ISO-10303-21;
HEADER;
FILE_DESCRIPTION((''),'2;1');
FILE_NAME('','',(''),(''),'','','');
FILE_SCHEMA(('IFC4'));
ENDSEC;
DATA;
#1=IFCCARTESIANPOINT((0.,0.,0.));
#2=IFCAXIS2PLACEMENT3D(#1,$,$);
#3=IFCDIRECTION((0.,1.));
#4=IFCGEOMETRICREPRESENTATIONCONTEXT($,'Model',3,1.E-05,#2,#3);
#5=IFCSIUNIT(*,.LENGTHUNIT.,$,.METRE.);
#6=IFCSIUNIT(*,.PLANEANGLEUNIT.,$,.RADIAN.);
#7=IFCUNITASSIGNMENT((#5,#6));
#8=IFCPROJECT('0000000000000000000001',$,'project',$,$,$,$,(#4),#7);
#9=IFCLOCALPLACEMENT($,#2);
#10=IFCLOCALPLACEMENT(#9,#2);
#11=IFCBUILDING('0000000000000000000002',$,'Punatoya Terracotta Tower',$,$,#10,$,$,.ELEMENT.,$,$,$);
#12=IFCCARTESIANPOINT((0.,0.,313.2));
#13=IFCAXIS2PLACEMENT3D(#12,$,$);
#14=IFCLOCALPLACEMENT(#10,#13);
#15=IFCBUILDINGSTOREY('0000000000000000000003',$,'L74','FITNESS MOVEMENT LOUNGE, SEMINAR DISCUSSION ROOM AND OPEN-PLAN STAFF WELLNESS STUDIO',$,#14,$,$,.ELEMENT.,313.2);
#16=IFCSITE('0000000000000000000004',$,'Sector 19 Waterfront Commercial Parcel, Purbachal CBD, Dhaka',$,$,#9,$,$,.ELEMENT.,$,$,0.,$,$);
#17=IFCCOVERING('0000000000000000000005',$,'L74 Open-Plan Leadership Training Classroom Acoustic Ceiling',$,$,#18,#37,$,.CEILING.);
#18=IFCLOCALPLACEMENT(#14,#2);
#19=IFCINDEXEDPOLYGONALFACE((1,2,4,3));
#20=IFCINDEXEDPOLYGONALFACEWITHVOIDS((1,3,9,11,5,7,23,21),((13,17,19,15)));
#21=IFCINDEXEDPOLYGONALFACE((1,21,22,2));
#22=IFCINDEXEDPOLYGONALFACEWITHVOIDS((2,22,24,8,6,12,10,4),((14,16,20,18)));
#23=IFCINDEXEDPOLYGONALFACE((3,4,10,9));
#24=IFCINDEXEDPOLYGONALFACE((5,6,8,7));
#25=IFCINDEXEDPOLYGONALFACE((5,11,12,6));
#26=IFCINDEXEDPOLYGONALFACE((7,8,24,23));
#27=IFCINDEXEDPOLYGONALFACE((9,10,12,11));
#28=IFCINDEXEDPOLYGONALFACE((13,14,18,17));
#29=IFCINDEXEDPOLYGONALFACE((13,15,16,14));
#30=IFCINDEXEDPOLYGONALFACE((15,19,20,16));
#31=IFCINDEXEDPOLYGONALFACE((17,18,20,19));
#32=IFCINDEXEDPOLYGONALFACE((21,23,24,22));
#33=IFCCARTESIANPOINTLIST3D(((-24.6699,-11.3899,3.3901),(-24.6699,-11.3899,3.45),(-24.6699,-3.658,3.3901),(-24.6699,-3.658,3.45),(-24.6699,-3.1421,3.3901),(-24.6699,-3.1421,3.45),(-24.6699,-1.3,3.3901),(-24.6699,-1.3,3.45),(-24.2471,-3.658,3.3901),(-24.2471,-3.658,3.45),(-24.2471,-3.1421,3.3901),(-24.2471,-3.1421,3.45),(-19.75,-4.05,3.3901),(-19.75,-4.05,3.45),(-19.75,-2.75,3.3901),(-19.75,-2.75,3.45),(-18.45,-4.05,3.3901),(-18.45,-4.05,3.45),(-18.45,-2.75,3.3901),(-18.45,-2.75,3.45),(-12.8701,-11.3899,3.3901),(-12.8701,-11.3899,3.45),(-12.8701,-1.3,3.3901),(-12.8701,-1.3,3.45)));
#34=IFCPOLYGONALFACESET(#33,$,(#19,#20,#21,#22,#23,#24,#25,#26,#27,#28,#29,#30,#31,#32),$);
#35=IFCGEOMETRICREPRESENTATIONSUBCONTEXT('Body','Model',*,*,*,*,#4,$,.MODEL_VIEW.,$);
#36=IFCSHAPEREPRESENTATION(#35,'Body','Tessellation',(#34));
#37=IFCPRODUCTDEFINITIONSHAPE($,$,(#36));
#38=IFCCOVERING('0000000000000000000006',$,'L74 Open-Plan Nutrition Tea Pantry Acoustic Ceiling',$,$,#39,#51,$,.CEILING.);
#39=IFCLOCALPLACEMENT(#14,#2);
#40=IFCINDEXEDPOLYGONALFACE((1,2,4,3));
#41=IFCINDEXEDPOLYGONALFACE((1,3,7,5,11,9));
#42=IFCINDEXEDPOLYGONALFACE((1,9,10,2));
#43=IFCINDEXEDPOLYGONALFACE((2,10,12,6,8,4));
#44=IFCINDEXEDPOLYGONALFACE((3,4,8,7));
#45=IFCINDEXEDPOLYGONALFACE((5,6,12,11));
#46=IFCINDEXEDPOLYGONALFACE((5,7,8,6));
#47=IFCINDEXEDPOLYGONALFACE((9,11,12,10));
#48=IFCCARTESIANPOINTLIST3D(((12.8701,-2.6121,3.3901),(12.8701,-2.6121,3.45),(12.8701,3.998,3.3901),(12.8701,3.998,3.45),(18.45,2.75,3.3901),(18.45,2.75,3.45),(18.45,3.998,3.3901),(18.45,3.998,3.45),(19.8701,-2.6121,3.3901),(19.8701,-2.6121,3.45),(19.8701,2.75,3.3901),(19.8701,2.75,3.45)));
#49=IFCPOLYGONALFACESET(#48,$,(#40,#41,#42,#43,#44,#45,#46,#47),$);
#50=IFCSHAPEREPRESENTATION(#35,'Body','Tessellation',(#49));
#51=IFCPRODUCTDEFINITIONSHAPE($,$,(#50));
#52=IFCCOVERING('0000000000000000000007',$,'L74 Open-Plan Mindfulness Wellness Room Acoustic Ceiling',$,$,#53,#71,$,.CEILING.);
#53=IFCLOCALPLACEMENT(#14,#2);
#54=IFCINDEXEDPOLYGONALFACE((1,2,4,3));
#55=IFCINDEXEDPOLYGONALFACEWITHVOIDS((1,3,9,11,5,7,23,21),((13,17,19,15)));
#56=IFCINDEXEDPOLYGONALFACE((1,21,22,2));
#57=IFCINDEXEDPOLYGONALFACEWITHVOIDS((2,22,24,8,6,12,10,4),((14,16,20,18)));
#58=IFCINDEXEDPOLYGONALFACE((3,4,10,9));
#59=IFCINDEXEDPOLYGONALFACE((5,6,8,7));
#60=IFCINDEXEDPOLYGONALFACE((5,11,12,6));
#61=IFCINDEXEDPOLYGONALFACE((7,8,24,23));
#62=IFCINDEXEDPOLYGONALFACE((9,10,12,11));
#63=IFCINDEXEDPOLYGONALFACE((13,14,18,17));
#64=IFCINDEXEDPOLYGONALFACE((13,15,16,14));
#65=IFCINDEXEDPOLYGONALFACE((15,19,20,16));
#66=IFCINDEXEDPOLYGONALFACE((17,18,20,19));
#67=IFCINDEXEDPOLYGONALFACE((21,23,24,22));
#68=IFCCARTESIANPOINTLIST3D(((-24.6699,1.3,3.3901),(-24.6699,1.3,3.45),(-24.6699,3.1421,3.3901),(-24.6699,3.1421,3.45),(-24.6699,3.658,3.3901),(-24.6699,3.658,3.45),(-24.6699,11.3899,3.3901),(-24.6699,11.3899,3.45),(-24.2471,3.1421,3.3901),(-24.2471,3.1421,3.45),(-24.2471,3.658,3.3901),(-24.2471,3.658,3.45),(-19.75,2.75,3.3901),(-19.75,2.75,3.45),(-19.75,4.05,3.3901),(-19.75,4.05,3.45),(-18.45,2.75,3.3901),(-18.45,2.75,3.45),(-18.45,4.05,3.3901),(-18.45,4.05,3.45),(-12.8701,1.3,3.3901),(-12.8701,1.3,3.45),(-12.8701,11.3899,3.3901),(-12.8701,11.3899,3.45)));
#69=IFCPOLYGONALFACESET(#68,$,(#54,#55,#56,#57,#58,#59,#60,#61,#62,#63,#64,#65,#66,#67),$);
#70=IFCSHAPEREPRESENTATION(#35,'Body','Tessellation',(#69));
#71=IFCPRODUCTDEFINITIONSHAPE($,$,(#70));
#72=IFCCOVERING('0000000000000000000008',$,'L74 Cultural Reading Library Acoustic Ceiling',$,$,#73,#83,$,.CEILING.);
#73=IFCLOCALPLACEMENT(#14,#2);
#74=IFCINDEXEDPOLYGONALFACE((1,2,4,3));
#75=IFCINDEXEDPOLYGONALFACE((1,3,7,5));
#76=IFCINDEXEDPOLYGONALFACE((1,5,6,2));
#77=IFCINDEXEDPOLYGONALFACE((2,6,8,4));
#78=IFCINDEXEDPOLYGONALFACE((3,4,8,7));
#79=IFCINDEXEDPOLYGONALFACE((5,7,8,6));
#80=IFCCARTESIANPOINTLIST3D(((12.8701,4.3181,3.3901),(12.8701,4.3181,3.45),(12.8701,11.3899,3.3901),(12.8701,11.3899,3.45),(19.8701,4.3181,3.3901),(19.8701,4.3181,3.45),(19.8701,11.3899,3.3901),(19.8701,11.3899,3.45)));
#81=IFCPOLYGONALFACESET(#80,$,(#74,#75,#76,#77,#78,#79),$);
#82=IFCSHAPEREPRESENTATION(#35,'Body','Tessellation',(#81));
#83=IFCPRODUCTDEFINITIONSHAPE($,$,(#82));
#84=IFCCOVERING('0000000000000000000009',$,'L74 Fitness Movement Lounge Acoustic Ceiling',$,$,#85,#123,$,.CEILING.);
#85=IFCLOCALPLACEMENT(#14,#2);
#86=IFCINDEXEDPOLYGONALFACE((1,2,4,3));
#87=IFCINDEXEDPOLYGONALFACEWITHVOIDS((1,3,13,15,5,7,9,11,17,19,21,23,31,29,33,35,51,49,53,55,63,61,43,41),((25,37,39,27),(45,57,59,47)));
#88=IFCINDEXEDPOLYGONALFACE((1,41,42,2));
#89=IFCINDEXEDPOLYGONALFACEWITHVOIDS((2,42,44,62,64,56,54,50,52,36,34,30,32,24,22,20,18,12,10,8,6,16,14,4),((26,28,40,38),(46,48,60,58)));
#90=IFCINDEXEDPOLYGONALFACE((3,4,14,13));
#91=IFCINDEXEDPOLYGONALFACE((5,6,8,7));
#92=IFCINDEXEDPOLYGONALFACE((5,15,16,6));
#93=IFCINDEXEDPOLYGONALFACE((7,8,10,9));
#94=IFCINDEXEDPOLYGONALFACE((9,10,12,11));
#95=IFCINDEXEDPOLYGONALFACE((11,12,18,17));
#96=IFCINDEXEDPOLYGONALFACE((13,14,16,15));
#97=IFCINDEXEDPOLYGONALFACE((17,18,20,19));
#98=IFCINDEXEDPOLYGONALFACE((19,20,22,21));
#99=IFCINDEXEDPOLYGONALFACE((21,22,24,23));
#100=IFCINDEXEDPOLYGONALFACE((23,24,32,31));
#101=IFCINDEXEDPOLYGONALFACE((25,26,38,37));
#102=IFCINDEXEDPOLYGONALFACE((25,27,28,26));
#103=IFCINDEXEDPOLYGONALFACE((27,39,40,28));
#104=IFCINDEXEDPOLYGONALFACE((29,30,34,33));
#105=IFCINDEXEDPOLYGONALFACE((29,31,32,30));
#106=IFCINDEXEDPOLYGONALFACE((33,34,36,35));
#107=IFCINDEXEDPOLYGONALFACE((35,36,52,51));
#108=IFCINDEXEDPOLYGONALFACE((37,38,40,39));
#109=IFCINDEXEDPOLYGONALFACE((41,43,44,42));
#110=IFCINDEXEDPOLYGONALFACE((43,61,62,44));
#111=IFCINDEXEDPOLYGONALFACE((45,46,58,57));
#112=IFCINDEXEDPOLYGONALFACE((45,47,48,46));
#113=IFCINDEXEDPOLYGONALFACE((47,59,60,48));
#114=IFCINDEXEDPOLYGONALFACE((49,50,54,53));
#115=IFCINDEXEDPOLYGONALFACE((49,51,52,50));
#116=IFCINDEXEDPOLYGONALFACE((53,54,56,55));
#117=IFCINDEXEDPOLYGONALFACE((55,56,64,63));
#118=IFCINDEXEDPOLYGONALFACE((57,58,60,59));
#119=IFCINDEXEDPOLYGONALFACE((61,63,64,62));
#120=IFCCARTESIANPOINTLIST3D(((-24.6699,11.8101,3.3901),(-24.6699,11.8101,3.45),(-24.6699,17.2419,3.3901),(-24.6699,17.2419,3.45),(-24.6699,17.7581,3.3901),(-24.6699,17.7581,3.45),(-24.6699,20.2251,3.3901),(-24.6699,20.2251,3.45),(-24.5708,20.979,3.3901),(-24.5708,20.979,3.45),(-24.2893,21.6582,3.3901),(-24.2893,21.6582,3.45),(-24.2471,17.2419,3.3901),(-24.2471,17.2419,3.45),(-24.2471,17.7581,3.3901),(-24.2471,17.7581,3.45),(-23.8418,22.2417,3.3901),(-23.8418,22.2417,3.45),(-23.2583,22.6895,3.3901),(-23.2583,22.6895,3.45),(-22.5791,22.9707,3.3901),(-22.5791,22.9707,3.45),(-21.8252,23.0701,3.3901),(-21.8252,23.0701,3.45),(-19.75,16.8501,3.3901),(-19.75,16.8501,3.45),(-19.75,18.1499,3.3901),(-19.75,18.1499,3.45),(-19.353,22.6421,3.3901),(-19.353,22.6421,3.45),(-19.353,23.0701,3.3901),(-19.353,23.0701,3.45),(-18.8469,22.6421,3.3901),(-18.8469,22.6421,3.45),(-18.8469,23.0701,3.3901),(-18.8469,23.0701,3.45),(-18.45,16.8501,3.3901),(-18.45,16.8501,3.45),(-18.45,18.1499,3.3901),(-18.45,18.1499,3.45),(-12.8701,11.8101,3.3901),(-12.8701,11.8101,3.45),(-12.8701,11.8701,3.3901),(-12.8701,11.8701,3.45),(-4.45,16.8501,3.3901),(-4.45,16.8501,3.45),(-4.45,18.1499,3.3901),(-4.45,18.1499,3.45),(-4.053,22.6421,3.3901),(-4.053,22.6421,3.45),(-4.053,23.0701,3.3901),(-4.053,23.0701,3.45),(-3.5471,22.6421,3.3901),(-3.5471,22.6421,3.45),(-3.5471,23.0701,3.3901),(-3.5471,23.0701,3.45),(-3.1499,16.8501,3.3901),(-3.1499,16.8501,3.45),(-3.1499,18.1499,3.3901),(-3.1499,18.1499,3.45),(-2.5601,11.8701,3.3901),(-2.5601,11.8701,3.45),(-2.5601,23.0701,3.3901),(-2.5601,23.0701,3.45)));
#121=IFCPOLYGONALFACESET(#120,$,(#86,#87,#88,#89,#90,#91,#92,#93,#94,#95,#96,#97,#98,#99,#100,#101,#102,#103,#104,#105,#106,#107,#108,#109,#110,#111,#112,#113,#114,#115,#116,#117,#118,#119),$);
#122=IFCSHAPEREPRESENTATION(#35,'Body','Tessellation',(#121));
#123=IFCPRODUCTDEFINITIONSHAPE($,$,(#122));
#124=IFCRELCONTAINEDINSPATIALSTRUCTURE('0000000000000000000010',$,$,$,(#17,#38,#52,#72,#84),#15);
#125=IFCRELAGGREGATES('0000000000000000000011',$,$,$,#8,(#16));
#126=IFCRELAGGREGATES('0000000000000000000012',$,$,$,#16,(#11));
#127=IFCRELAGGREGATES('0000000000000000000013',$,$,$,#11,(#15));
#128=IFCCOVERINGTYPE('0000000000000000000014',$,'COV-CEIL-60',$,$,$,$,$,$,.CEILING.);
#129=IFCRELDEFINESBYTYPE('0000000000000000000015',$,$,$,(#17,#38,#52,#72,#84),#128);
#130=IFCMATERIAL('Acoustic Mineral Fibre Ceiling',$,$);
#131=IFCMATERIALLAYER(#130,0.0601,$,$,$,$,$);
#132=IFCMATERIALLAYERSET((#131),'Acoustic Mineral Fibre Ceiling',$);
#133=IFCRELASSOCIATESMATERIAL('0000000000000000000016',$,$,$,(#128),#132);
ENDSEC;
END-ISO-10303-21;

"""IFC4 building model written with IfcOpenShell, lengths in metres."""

from ifc_helpers import new_model, si_unit, direction, frame, origin, place, context, subcontext, project, spatial, polyline, outline, extrude, material, layer, layer_set, type_object, element, save


model = new_model("IFC4")

# Units and contexts
model_context = context("Model", 3, precision=1e-05, world=origin(), true_north=direction((0.0, 1.0)))
body_context = subcontext(model_context, "Body", "Model", "MODEL_VIEW")
ifc_project = project(units=[si_unit("LENGTHUNIT", "METRE"), si_unit("PLANEANGLEUNIT", "RADIAN")], contexts=[model_context])

# Site, building, storey
site_placement = place(None, origin())
site = spatial("IfcSite", under=ifc_project, at=site_placement, Name="Sector 19 Waterfront Commercial Parcel, Purbachal CBD, Dhaka", CompositionType="ELEMENT", RefElevation=0.0)
building_placement = place(site_placement, origin())
building = spatial("IfcBuilding", under=site, at=building_placement, Name="Punatoya Terracotta Tower", CompositionType="ELEMENT")
storey_placement = place(building_placement, frame((0.0, 0.0, 313.2)))
storey = spatial("IfcBuildingStorey", under=building, at=storey_placement, Name="L74", Description="FITNESS MOVEMENT LOUNGE, SEMINAR DISCUSSION ROOM AND OPEN-PLAN STAFF WELLNESS STUDIO", CompositionType="ELEMENT", Elevation=313.2)

# Coverings
ifc_material_1 = material(Name="Acoustic Mineral Fibre Ceiling")
ifc_layer_1 = layer(ifc_material_1, 0.0601)
ifc_layer_set_1 = layer_set([ifc_layer_1], Name="Acoustic Mineral Fibre Ceiling")
covering_type = type_object("IfcCoveringType", Name="COV-CEIL-60", PredefinedType="CEILING", material=ifc_layer_set_1)
covering_1_placement = place(storey_placement, frame((0.0, 0.0, 3.3901)))
element("IfcCovering", 1, at=covering_1_placement, inside=storey, type_object=covering_type, Name="L74 Open-Plan Leadership Training Classroom Acoustic Ceiling", PredefinedType="CEILING", context=body_context, shape_type="SweptSolid", body=[
    extrude(outline(polyline([(-24.6699, -3.658), (-24.6699, -11.3899), (-12.8701, -11.3899), (-12.8701, -1.3), (-24.6699, -1.3), (-24.6699, -3.1421), (-24.2471, -3.1421), (-24.2471, -3.658), (-24.6699, -3.658)]), holes=[polyline([(-18.45, -4.05), (-19.75, -4.05), (-19.75, -2.75), (-18.45, -2.75), (-18.45, -4.05)])]), origin(), (0.0, 0.0, 1.0), 0.0598),
])
covering_2_placement = place(storey_placement, frame((0.0, 0.0, 3.3901)))
element("IfcCovering", 2, at=covering_2_placement, inside=storey, type_object=covering_type, Name="L74 Open-Plan Nutrition Tea Pantry Acoustic Ceiling", PredefinedType="CEILING", context=body_context, shape_type="SweptSolid", body=[
    extrude(outline(polyline([(19.8701, 2.75), (18.45, 2.75), (18.45, 3.998), (12.8701, 3.998), (12.8701, -2.6121), (19.8701, -2.6121), (19.8701, 2.75)])), origin(), (0.0, 0.0, 1.0), 0.0598),
])
covering_3_placement = place(storey_placement, frame((0.0, 0.0, 3.3901)))
element("IfcCovering", 3, at=covering_3_placement, inside=storey, type_object=covering_type, Name="L74 Open-Plan Mindfulness Wellness Room Acoustic Ceiling", PredefinedType="CEILING", context=body_context, shape_type="SweptSolid", body=[
    extrude(outline(polyline([(-12.8701, 1.3), (-12.8701, 11.3899), (-24.6699, 11.3899), (-24.6699, 3.658), (-24.2471, 3.658), (-24.2471, 3.1421), (-24.6699, 3.1421), (-24.6699, 1.3), (-12.8701, 1.3)]), holes=[polyline([(-18.45, 4.05), (-18.45, 2.75), (-19.75, 2.75), (-19.75, 4.05), (-18.45, 4.05)])]), origin(), (0.0, 0.0, 1.0), 0.0598),
])
covering_4_placement = place(storey_placement, frame((0.0, 0.0, 3.3901)))
element("IfcCovering", 4, at=covering_4_placement, inside=storey, type_object=covering_type, Name="L74 Cultural Reading Library Acoustic Ceiling", PredefinedType="CEILING", context=body_context, shape_type="SweptSolid", body=[
    extrude(outline(polyline([(12.8701, 11.3899), (12.8701, 4.3181), (19.8701, 4.3181), (19.8701, 11.3899), (12.8701, 11.3899)])), origin(), (0.0, 0.0, 1.0), 0.0598),
])
covering_5_placement = place(storey_placement, frame((0.0, 0.0, 3.3901)))
element("IfcCovering", 5, at=covering_5_placement, inside=storey, type_object=covering_type, Name="L74 Fitness Movement Lounge Acoustic Ceiling", PredefinedType="CEILING", context=body_context, shape_type="SweptSolid", body=[
    extrude(outline(polyline([(-18.8469, 22.6421), (-19.353, 22.6421), (-19.353, 23.0701), (-21.8252, 23.0701), (-22.5791, 22.9707), (-23.2583, 22.6895), (-23.8418, 22.2417), (-24.2893, 21.6582), (-24.5708, 20.979), (-24.6699, 20.2251), (-24.6699, 17.7581), (-24.2471, 17.7581), (-24.2471, 17.2419), (-24.6699, 17.2419), (-24.6699, 11.8101), (-12.8701, 11.8101), (-12.8701, 11.8701), (-2.5601, 11.8701), (-2.5601, 23.0701), (-3.5471, 23.0701), (-3.5471, 22.6421), (-4.053, 22.6421), (-4.053, 23.0701), (-18.8469, 23.0701), (-18.8469, 22.6421)]), holes=[polyline([(-4.45, 16.8501), (-4.45, 18.1499), (-3.1499, 18.1499), (-3.1499, 16.8501), (-4.45, 16.8501)]), polyline([(-19.75, 18.1499), (-18.45, 18.1499), (-18.45, 16.8501), (-19.75, 16.8501), (-19.75, 18.1499)])]), origin(), (0.0, 0.0, 1.0), 0.0598),
])

save(model, "model.ifc")
